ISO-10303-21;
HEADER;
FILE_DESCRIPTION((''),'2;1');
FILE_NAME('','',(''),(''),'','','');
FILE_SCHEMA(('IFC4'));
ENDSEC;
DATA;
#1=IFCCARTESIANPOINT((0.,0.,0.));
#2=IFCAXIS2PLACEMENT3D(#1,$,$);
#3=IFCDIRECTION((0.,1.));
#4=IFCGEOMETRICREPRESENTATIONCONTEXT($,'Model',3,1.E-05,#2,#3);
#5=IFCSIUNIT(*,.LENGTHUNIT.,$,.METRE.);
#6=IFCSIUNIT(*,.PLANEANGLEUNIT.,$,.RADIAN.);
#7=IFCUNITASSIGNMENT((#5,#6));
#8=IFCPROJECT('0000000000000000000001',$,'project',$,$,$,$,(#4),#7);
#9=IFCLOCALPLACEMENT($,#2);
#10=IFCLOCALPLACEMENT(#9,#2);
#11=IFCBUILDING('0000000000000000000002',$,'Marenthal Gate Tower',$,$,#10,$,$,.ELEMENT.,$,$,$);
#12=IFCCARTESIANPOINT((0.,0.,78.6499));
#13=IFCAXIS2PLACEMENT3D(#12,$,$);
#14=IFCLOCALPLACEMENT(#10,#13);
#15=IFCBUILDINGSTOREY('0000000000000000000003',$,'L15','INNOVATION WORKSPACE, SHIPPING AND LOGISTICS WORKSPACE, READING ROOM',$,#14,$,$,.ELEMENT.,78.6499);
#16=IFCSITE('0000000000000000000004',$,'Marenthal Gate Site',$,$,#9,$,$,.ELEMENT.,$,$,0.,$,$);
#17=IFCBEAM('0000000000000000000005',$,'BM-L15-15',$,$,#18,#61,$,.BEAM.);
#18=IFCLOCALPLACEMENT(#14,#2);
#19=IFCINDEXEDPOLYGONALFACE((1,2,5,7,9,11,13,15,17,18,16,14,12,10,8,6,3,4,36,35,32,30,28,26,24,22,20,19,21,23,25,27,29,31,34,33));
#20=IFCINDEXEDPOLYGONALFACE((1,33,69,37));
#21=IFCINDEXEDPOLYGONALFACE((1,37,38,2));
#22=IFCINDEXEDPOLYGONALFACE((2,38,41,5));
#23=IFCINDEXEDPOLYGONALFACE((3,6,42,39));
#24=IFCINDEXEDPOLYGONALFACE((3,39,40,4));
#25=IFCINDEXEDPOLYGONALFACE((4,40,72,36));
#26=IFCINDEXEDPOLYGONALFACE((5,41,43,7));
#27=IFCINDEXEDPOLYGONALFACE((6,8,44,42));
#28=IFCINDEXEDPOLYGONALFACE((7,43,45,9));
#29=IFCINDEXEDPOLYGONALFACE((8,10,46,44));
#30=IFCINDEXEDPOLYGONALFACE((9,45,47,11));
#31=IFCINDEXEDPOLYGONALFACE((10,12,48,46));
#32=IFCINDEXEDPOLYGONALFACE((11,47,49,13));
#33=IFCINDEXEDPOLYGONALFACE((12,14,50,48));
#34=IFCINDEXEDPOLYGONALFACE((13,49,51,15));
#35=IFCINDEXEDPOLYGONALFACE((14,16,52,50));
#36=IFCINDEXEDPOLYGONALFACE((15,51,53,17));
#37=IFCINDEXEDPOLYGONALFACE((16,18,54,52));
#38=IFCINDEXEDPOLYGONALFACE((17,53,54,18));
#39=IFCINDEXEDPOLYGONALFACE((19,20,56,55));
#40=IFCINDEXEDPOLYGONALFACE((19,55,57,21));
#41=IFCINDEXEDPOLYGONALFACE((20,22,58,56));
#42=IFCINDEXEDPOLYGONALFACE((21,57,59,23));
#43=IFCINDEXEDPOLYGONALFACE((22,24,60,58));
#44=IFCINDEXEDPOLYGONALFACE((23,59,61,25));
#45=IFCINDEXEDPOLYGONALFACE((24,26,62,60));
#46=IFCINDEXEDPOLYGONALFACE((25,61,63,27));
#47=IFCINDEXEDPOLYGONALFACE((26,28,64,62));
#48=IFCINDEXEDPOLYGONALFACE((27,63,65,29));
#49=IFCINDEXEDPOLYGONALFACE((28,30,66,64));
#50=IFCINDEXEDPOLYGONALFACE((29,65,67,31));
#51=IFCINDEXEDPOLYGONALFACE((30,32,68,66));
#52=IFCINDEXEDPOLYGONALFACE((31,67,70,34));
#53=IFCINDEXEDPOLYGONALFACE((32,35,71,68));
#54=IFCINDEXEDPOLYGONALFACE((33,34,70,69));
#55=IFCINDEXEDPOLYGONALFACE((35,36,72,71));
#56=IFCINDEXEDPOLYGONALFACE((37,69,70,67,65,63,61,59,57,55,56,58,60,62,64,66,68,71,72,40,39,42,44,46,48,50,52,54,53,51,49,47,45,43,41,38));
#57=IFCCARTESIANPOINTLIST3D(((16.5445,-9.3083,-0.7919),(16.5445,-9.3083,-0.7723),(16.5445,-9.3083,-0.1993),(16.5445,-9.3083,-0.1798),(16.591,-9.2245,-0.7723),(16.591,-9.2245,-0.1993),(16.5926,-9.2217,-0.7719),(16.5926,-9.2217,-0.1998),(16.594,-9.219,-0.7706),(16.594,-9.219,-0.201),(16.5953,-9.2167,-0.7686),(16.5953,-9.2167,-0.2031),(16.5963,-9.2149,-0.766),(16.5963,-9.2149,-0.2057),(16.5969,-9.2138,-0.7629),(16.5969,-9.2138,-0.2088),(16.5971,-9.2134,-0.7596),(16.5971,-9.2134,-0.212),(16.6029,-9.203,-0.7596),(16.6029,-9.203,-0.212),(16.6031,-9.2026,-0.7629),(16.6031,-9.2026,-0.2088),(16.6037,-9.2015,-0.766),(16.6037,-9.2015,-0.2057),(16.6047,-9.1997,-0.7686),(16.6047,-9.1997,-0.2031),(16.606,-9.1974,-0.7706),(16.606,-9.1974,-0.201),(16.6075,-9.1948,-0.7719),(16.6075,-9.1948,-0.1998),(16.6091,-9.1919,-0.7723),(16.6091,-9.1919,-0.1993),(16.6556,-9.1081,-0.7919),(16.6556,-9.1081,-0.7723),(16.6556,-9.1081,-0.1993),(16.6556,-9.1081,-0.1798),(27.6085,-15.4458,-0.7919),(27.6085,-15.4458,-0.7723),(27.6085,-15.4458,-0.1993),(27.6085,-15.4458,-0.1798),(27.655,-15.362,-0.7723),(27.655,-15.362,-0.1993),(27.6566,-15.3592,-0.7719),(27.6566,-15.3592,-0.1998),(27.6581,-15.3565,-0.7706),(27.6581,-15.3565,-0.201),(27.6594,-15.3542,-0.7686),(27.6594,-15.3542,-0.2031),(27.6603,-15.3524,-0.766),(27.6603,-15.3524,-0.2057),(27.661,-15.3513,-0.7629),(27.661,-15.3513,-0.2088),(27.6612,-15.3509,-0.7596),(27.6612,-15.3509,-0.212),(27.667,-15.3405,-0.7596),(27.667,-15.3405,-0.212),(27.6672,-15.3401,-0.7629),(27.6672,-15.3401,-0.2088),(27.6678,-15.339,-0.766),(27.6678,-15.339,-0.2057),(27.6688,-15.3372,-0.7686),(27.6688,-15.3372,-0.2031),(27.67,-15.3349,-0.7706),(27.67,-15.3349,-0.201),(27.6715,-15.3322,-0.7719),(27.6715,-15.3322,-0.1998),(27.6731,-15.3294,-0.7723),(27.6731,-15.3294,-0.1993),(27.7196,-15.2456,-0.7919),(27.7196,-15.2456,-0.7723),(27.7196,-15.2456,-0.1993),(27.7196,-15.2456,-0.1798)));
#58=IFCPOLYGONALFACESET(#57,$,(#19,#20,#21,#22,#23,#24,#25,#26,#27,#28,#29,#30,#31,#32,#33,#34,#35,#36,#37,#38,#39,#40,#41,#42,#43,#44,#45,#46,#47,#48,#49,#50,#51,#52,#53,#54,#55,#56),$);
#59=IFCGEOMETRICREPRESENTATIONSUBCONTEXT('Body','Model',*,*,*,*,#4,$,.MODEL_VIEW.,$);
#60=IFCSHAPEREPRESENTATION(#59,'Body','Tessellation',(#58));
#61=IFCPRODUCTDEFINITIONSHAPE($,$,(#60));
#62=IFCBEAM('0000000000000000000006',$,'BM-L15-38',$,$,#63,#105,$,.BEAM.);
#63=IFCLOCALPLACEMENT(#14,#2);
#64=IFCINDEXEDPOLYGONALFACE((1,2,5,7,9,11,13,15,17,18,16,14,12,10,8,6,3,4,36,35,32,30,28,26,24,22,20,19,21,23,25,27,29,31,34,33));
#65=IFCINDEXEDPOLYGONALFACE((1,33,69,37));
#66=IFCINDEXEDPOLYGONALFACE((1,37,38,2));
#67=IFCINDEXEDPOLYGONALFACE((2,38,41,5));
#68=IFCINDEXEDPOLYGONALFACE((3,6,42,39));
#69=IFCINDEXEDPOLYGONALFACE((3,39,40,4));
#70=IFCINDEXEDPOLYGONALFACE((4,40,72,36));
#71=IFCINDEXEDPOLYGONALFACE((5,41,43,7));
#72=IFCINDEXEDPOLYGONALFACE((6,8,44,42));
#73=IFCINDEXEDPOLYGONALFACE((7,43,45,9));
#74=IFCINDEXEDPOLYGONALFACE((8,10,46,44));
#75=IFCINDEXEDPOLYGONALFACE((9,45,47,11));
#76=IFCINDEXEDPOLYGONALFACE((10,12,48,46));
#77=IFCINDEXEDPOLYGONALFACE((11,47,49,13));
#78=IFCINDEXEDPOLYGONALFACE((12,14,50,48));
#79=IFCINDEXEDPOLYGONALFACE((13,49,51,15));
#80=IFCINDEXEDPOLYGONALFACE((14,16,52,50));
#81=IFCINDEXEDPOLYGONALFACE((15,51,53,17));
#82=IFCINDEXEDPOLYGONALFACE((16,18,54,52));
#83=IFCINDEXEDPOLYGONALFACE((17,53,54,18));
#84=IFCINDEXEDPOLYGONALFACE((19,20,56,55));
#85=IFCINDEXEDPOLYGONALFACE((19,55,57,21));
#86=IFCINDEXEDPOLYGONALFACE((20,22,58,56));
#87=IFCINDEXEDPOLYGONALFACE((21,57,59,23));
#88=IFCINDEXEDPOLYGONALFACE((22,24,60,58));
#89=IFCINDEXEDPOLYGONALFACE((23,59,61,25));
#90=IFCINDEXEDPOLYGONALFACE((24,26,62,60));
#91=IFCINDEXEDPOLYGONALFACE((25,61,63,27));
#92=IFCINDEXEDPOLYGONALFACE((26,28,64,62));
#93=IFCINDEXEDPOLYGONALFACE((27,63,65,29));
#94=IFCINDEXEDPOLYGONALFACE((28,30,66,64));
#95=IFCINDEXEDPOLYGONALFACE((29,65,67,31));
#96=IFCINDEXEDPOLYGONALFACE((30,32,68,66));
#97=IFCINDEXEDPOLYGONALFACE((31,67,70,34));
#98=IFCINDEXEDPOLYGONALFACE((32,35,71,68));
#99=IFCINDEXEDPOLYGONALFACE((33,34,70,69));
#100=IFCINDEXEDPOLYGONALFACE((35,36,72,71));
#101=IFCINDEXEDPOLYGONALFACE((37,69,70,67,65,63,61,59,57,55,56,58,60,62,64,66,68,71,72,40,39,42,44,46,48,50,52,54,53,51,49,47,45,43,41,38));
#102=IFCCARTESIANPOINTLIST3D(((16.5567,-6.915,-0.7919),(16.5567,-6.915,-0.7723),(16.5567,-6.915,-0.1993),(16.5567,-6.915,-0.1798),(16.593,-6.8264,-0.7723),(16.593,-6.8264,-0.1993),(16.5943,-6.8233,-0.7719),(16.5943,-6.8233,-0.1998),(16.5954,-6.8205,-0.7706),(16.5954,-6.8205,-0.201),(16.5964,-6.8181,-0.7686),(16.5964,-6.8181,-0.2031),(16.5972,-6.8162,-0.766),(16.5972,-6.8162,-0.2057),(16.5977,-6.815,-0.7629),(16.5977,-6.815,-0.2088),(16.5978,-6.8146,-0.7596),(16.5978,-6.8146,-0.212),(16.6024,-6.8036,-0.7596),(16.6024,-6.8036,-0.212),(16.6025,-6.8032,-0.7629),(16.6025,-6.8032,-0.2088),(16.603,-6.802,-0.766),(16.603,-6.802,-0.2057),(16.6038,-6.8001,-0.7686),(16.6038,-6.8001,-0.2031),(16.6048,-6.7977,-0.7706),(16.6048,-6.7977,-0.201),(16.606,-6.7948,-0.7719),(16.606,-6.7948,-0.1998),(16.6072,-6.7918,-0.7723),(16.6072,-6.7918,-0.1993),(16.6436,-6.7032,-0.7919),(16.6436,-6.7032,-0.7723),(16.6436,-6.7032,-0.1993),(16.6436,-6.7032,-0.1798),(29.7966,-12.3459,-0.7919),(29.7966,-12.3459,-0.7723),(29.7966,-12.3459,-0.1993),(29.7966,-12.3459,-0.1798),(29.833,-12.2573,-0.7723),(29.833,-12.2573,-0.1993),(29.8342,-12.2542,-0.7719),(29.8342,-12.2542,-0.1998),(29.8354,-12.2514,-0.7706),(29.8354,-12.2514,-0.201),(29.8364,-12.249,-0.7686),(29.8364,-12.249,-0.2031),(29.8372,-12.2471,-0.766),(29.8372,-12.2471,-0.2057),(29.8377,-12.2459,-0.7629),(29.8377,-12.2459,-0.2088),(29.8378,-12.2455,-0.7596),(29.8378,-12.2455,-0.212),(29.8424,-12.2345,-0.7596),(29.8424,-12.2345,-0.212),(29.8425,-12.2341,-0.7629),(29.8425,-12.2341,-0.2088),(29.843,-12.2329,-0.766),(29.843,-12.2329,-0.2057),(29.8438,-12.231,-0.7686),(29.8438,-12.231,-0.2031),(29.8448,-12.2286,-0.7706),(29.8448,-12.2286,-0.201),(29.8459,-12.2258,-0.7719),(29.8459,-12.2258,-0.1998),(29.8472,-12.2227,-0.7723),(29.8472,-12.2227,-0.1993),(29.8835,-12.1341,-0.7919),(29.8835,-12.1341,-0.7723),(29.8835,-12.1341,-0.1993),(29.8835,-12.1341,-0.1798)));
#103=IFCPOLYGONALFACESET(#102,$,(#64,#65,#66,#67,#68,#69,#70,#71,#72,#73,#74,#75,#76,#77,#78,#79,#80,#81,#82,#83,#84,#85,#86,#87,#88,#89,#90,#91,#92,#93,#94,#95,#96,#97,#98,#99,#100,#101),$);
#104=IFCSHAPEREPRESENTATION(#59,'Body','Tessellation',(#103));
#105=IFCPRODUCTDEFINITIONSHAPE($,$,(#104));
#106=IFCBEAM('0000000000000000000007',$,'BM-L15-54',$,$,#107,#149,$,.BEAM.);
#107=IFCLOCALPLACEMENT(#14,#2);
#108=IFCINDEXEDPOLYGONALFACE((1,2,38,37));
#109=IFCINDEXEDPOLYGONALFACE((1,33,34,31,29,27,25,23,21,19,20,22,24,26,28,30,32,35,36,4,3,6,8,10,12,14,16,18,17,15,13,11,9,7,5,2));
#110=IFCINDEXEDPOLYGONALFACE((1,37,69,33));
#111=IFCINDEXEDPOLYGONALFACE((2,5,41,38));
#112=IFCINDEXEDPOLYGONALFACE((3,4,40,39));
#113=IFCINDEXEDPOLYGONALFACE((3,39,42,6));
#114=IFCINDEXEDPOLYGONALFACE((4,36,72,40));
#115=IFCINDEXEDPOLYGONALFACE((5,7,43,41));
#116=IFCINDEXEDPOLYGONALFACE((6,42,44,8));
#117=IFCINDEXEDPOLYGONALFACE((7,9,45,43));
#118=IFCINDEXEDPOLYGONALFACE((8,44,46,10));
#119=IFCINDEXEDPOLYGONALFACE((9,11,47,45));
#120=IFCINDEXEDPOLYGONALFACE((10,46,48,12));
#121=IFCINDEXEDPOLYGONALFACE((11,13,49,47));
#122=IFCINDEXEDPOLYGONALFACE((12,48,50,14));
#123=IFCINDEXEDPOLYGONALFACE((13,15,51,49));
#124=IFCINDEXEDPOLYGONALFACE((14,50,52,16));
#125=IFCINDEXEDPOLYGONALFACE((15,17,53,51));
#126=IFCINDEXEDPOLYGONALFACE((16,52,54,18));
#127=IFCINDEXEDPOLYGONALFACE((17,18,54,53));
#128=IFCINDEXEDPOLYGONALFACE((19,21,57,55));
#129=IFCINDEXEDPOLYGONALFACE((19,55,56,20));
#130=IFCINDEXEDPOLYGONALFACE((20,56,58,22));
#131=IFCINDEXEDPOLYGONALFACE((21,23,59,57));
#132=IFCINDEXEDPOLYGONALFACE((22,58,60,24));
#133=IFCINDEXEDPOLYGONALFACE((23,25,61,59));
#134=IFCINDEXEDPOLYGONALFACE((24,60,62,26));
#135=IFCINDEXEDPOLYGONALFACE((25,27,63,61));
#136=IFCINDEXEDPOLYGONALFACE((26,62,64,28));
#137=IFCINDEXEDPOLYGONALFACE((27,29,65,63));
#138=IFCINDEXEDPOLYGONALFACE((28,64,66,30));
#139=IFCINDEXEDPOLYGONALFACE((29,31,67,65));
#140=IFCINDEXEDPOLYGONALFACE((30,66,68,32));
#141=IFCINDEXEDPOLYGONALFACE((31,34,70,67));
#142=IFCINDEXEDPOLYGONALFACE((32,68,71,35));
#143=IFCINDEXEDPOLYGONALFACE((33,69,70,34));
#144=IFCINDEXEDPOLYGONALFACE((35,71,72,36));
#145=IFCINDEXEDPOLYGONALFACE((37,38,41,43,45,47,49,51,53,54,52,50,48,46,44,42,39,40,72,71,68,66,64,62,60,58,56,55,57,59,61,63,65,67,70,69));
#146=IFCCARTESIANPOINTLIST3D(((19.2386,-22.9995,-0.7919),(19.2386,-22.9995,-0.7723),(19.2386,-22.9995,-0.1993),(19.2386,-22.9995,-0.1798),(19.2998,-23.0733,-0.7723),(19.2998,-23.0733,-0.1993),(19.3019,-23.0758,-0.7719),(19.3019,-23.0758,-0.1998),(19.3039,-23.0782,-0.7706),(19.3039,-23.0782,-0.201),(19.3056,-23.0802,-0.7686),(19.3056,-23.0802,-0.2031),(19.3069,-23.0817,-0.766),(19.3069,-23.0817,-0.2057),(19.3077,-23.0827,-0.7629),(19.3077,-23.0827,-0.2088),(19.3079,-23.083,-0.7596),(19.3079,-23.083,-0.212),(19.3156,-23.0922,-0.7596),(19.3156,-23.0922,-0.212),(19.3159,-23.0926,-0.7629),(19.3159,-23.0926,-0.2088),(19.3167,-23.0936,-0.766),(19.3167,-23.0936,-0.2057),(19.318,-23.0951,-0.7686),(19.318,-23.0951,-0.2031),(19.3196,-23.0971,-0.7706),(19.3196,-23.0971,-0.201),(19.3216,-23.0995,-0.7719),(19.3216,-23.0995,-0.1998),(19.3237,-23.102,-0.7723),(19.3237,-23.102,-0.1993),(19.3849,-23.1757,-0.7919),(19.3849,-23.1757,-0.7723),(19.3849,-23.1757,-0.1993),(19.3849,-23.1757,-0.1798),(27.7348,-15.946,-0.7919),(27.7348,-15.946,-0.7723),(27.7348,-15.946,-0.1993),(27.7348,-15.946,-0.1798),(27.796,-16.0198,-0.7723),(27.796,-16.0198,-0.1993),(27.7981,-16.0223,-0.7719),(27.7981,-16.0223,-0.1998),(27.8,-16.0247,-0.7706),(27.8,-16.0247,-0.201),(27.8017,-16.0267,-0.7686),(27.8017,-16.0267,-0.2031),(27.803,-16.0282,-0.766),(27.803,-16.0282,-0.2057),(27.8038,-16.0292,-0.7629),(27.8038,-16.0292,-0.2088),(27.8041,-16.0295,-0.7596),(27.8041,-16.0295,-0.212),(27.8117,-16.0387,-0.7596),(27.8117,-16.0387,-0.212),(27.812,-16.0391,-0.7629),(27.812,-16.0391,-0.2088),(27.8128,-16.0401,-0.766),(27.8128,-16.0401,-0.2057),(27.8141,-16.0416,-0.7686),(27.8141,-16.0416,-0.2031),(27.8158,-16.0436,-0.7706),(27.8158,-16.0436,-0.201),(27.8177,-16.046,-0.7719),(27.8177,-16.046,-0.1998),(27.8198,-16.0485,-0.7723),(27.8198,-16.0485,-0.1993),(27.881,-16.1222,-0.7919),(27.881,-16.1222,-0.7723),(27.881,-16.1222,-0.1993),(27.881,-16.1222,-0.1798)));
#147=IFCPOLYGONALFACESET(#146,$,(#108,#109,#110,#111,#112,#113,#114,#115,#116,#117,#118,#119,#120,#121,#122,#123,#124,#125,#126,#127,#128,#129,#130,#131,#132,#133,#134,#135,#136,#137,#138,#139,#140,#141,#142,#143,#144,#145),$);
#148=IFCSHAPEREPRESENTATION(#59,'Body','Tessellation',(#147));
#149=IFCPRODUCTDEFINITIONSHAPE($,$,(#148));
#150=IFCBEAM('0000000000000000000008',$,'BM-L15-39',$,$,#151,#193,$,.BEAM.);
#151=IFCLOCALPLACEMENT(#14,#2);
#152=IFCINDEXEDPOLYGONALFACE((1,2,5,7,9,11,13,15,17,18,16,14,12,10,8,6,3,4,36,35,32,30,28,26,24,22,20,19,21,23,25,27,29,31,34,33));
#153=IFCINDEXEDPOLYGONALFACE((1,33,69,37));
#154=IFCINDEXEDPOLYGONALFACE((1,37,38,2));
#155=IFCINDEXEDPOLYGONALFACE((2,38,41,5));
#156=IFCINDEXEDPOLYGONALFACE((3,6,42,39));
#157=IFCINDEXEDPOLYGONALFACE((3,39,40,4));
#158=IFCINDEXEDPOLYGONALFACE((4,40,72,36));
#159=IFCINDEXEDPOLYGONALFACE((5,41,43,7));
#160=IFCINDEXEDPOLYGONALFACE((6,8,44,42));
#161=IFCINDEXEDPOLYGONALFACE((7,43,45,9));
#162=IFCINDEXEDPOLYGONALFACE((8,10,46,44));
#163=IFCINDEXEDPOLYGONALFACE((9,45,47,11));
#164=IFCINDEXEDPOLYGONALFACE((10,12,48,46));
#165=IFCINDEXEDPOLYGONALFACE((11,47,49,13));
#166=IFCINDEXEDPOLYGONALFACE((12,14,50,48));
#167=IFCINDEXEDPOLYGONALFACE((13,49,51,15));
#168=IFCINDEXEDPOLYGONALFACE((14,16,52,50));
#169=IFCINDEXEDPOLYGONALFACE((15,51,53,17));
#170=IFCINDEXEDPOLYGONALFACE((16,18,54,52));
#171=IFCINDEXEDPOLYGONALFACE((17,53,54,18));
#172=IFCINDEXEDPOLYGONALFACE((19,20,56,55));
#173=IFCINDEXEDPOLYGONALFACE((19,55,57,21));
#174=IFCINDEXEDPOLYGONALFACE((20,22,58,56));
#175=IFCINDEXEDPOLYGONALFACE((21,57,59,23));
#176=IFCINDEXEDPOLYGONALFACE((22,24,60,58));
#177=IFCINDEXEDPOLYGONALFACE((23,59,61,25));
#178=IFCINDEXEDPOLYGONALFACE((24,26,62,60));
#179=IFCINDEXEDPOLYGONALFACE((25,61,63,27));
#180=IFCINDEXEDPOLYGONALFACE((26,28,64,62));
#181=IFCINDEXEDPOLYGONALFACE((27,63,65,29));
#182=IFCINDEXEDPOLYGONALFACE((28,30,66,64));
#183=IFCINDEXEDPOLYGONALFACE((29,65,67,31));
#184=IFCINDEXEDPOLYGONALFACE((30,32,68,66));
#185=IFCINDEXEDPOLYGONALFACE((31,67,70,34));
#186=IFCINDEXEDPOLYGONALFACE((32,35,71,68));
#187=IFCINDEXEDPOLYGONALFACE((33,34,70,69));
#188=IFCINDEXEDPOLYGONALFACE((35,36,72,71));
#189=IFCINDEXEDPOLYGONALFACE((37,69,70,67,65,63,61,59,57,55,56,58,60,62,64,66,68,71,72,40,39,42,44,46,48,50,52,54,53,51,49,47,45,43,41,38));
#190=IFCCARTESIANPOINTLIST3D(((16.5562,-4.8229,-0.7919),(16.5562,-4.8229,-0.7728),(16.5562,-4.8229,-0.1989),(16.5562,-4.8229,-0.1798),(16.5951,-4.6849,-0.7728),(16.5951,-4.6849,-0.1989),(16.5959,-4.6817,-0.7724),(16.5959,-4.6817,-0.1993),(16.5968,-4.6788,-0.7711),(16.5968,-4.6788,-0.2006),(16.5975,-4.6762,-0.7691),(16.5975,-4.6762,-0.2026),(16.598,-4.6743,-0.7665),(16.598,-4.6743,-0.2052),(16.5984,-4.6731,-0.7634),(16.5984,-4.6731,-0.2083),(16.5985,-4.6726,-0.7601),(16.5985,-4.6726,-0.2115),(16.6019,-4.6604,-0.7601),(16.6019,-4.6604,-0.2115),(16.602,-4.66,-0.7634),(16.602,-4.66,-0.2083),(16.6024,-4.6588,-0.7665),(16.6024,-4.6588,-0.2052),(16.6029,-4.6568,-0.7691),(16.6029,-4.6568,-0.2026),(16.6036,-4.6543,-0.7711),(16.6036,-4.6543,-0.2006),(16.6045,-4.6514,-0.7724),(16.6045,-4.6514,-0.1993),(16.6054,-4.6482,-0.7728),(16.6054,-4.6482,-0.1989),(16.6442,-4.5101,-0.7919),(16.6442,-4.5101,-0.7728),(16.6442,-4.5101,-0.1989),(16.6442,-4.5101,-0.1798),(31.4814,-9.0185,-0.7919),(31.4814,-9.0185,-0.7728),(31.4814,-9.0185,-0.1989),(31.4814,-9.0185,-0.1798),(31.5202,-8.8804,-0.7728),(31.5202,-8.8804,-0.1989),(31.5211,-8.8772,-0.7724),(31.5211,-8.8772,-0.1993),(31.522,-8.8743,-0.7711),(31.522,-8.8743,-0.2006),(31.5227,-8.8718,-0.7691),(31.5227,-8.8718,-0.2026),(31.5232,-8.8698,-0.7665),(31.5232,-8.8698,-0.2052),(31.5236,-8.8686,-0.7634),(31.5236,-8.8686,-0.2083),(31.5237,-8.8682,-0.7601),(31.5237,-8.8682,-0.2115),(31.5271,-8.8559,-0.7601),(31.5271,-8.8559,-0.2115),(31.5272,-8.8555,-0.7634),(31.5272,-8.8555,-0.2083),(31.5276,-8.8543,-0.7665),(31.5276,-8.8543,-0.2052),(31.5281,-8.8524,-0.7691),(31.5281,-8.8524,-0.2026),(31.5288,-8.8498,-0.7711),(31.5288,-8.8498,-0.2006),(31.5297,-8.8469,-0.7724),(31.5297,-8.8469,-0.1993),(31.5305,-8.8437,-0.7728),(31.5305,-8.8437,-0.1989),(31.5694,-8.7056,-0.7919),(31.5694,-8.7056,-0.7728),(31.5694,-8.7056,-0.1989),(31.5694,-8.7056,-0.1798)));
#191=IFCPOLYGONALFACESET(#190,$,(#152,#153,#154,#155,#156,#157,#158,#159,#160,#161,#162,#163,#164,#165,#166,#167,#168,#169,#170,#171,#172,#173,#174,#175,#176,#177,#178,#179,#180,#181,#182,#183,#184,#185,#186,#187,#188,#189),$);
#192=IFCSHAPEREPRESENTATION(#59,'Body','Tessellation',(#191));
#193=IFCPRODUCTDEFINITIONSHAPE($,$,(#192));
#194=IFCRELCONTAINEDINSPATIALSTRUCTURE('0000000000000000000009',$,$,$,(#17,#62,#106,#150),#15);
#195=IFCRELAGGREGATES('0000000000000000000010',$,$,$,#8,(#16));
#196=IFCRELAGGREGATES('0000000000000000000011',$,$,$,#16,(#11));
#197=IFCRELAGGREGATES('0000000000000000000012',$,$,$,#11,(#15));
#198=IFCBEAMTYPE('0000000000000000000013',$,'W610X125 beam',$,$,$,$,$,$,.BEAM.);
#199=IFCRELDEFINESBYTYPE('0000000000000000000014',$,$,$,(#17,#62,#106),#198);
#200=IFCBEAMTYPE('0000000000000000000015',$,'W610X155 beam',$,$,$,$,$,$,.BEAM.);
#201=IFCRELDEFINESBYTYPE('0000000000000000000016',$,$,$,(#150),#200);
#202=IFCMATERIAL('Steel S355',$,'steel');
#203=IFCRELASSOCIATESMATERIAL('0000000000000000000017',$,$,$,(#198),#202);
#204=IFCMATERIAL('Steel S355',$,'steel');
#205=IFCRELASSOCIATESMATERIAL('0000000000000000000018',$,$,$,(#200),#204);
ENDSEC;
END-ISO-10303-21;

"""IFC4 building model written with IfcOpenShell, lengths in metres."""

from ifc_helpers import new_model, si_unit, direction, frame, origin, origin_2d, place, context, subcontext, project, spatial, i_section, extrude, material, material_profile, profile_set, type_object, element, save


model = new_model("IFC4")

# Units and contexts
model_context = context("Model", 3, precision=1e-05, world=origin(), true_north=direction((0.0, 1.0)))
body_context = subcontext(model_context, "Body", "Model", "MODEL_VIEW")
ifc_project = project(units=[si_unit("LENGTHUNIT", "METRE"), si_unit("PLANEANGLEUNIT", "RADIAN")], contexts=[model_context])

# Site, building, storey
site_placement = place(None, origin())
site = spatial("IfcSite", under=ifc_project, at=site_placement, Name="Marenthal Gate Site", CompositionType="ELEMENT", RefElevation=0.0)
building_placement = place(site_placement, origin())
building = spatial("IfcBuilding", under=site, at=building_placement, Name="Marenthal Gate Tower", CompositionType="ELEMENT")
storey_placement = place(building_placement, frame((0.0, 0.0, 78.6499)))
storey = spatial("IfcBuildingStorey", under=building, at=storey_placement, Name="L15", Description="INNOVATION WORKSPACE, SHIPPING AND LOGISTICS WORKSPACE, READING ROOM", CompositionType="ELEMENT", Elevation=78.6499)

# Beams
ifc_material_1 = material(Name="Steel S355", Category="steel")
ifc_material_profile_1 = material_profile(ifc_material_1, i_section(OverallWidth=0.229, OverallDepth=0.6121, WebThickness=0.012, FlangeThickness=0.0195, FilletRadius=0.0127, at=origin_2d()), Name="W610X125")
ifc_profile_set_1 = profile_set([ifc_material_profile_1], Name="Steel S355")
beam_type_1 = type_object("IfcBeamType", Name="W610X125 beam", PredefinedType="BEAM", material=ifc_profile_set_1)
beam_1_placement = place(storey_placement, frame((27.6641, -15.3457, -0.4858), z_axis=(-0.874466, 0.485087, 0.0), x_axis=(-0.485087, -0.874466, 0.0)))
element("IfcBeam", 1, at=beam_1_placement, inside=storey, type_object=beam_type_1, Name="BM-L15-15", PredefinedType="BEAM", context=body_context, shape_type="SweptSolid", body=[
    extrude(i_section(OverallWidth=0.229, OverallDepth=0.6121, WebThickness=0.012, FlangeThickness=0.0195, FilletRadius=0.0127, at=origin_2d()), origin(), (0.0, 0.0, 1.0), 12.6523),
])
beam_2_placement = place(storey_placement, frame((29.8401, -12.24, -0.4858), z_axis=(-0.92519, 0.379504, 0.0), x_axis=(-0.379504, -0.92519, 0.0)))
element("IfcBeam", 2, at=beam_2_placement, inside=storey, type_object=beam_type_1, Name="BM-L15-38", PredefinedType="BEAM", context=body_context, shape_type="SweptSolid", body=[
    extrude(i_section(OverallWidth=0.229, OverallDepth=0.6121, WebThickness=0.012, FlangeThickness=0.0195, FilletRadius=0.0127, at=origin_2d()), origin(), (0.0, 0.0, 1.0), 14.3105),
])
beam_3_placement = place(storey_placement, frame((19.3118, -23.0876, -0.4858), z_axis=(0.769405, 0.638761, 0.0), x_axis=(-0.638761, 0.769405, 0.0)))
element("IfcBeam", 3, at=beam_3_placement, inside=storey, type_object=beam_type_1, Name="BM-L15-54", PredefinedType="BEAM", context=body_context, shape_type="SweptSolid", body=[
    extrude(i_section(OverallWidth=0.229, OverallDepth=0.6121, WebThickness=0.012, FlangeThickness=0.0195, FilletRadius=0.0127, at=origin_2d()), origin(), (0.0, 0.0, 1.0), 11.0425),
])
ifc_material_2 = material(Name="Steel S355", Category="steel")
ifc_material_profile_2 = material_profile(ifc_material_2, i_section(OverallWidth=0.325, OverallDepth=0.6121, WebThickness=0.0127, FlangeThickness=0.019, FilletRadius=0.0127, at=origin_2d()), Name="W610X155")
ifc_profile_set_2 = profile_set([ifc_material_profile_2], Name="Steel S355")
beam_type_2 = type_object("IfcBeamType", Name="W610X155 beam", PredefinedType="BEAM", material=ifc_profile_set_2)
beam_4_placement = place(storey_placement, frame((31.5254, -8.8621, -0.4858), z_axis=(-0.962688, 0.270615, 0.0), x_axis=(-0.270615, -0.962688, 0.0)))
element("IfcBeam", 4, at=beam_4_placement, inside=storey, type_object=beam_type_2, Name="BM-L15-39", PredefinedType="BEAM", context=body_context, shape_type="SweptSolid", body=[
    extrude(i_section(OverallWidth=0.325, OverallDepth=0.6121, WebThickness=0.0127, FlangeThickness=0.019, FilletRadius=0.0127, at=origin_2d()), origin(), (0.0, 0.0, 1.0), 15.5037),
])

save(model, "model.ifc")
